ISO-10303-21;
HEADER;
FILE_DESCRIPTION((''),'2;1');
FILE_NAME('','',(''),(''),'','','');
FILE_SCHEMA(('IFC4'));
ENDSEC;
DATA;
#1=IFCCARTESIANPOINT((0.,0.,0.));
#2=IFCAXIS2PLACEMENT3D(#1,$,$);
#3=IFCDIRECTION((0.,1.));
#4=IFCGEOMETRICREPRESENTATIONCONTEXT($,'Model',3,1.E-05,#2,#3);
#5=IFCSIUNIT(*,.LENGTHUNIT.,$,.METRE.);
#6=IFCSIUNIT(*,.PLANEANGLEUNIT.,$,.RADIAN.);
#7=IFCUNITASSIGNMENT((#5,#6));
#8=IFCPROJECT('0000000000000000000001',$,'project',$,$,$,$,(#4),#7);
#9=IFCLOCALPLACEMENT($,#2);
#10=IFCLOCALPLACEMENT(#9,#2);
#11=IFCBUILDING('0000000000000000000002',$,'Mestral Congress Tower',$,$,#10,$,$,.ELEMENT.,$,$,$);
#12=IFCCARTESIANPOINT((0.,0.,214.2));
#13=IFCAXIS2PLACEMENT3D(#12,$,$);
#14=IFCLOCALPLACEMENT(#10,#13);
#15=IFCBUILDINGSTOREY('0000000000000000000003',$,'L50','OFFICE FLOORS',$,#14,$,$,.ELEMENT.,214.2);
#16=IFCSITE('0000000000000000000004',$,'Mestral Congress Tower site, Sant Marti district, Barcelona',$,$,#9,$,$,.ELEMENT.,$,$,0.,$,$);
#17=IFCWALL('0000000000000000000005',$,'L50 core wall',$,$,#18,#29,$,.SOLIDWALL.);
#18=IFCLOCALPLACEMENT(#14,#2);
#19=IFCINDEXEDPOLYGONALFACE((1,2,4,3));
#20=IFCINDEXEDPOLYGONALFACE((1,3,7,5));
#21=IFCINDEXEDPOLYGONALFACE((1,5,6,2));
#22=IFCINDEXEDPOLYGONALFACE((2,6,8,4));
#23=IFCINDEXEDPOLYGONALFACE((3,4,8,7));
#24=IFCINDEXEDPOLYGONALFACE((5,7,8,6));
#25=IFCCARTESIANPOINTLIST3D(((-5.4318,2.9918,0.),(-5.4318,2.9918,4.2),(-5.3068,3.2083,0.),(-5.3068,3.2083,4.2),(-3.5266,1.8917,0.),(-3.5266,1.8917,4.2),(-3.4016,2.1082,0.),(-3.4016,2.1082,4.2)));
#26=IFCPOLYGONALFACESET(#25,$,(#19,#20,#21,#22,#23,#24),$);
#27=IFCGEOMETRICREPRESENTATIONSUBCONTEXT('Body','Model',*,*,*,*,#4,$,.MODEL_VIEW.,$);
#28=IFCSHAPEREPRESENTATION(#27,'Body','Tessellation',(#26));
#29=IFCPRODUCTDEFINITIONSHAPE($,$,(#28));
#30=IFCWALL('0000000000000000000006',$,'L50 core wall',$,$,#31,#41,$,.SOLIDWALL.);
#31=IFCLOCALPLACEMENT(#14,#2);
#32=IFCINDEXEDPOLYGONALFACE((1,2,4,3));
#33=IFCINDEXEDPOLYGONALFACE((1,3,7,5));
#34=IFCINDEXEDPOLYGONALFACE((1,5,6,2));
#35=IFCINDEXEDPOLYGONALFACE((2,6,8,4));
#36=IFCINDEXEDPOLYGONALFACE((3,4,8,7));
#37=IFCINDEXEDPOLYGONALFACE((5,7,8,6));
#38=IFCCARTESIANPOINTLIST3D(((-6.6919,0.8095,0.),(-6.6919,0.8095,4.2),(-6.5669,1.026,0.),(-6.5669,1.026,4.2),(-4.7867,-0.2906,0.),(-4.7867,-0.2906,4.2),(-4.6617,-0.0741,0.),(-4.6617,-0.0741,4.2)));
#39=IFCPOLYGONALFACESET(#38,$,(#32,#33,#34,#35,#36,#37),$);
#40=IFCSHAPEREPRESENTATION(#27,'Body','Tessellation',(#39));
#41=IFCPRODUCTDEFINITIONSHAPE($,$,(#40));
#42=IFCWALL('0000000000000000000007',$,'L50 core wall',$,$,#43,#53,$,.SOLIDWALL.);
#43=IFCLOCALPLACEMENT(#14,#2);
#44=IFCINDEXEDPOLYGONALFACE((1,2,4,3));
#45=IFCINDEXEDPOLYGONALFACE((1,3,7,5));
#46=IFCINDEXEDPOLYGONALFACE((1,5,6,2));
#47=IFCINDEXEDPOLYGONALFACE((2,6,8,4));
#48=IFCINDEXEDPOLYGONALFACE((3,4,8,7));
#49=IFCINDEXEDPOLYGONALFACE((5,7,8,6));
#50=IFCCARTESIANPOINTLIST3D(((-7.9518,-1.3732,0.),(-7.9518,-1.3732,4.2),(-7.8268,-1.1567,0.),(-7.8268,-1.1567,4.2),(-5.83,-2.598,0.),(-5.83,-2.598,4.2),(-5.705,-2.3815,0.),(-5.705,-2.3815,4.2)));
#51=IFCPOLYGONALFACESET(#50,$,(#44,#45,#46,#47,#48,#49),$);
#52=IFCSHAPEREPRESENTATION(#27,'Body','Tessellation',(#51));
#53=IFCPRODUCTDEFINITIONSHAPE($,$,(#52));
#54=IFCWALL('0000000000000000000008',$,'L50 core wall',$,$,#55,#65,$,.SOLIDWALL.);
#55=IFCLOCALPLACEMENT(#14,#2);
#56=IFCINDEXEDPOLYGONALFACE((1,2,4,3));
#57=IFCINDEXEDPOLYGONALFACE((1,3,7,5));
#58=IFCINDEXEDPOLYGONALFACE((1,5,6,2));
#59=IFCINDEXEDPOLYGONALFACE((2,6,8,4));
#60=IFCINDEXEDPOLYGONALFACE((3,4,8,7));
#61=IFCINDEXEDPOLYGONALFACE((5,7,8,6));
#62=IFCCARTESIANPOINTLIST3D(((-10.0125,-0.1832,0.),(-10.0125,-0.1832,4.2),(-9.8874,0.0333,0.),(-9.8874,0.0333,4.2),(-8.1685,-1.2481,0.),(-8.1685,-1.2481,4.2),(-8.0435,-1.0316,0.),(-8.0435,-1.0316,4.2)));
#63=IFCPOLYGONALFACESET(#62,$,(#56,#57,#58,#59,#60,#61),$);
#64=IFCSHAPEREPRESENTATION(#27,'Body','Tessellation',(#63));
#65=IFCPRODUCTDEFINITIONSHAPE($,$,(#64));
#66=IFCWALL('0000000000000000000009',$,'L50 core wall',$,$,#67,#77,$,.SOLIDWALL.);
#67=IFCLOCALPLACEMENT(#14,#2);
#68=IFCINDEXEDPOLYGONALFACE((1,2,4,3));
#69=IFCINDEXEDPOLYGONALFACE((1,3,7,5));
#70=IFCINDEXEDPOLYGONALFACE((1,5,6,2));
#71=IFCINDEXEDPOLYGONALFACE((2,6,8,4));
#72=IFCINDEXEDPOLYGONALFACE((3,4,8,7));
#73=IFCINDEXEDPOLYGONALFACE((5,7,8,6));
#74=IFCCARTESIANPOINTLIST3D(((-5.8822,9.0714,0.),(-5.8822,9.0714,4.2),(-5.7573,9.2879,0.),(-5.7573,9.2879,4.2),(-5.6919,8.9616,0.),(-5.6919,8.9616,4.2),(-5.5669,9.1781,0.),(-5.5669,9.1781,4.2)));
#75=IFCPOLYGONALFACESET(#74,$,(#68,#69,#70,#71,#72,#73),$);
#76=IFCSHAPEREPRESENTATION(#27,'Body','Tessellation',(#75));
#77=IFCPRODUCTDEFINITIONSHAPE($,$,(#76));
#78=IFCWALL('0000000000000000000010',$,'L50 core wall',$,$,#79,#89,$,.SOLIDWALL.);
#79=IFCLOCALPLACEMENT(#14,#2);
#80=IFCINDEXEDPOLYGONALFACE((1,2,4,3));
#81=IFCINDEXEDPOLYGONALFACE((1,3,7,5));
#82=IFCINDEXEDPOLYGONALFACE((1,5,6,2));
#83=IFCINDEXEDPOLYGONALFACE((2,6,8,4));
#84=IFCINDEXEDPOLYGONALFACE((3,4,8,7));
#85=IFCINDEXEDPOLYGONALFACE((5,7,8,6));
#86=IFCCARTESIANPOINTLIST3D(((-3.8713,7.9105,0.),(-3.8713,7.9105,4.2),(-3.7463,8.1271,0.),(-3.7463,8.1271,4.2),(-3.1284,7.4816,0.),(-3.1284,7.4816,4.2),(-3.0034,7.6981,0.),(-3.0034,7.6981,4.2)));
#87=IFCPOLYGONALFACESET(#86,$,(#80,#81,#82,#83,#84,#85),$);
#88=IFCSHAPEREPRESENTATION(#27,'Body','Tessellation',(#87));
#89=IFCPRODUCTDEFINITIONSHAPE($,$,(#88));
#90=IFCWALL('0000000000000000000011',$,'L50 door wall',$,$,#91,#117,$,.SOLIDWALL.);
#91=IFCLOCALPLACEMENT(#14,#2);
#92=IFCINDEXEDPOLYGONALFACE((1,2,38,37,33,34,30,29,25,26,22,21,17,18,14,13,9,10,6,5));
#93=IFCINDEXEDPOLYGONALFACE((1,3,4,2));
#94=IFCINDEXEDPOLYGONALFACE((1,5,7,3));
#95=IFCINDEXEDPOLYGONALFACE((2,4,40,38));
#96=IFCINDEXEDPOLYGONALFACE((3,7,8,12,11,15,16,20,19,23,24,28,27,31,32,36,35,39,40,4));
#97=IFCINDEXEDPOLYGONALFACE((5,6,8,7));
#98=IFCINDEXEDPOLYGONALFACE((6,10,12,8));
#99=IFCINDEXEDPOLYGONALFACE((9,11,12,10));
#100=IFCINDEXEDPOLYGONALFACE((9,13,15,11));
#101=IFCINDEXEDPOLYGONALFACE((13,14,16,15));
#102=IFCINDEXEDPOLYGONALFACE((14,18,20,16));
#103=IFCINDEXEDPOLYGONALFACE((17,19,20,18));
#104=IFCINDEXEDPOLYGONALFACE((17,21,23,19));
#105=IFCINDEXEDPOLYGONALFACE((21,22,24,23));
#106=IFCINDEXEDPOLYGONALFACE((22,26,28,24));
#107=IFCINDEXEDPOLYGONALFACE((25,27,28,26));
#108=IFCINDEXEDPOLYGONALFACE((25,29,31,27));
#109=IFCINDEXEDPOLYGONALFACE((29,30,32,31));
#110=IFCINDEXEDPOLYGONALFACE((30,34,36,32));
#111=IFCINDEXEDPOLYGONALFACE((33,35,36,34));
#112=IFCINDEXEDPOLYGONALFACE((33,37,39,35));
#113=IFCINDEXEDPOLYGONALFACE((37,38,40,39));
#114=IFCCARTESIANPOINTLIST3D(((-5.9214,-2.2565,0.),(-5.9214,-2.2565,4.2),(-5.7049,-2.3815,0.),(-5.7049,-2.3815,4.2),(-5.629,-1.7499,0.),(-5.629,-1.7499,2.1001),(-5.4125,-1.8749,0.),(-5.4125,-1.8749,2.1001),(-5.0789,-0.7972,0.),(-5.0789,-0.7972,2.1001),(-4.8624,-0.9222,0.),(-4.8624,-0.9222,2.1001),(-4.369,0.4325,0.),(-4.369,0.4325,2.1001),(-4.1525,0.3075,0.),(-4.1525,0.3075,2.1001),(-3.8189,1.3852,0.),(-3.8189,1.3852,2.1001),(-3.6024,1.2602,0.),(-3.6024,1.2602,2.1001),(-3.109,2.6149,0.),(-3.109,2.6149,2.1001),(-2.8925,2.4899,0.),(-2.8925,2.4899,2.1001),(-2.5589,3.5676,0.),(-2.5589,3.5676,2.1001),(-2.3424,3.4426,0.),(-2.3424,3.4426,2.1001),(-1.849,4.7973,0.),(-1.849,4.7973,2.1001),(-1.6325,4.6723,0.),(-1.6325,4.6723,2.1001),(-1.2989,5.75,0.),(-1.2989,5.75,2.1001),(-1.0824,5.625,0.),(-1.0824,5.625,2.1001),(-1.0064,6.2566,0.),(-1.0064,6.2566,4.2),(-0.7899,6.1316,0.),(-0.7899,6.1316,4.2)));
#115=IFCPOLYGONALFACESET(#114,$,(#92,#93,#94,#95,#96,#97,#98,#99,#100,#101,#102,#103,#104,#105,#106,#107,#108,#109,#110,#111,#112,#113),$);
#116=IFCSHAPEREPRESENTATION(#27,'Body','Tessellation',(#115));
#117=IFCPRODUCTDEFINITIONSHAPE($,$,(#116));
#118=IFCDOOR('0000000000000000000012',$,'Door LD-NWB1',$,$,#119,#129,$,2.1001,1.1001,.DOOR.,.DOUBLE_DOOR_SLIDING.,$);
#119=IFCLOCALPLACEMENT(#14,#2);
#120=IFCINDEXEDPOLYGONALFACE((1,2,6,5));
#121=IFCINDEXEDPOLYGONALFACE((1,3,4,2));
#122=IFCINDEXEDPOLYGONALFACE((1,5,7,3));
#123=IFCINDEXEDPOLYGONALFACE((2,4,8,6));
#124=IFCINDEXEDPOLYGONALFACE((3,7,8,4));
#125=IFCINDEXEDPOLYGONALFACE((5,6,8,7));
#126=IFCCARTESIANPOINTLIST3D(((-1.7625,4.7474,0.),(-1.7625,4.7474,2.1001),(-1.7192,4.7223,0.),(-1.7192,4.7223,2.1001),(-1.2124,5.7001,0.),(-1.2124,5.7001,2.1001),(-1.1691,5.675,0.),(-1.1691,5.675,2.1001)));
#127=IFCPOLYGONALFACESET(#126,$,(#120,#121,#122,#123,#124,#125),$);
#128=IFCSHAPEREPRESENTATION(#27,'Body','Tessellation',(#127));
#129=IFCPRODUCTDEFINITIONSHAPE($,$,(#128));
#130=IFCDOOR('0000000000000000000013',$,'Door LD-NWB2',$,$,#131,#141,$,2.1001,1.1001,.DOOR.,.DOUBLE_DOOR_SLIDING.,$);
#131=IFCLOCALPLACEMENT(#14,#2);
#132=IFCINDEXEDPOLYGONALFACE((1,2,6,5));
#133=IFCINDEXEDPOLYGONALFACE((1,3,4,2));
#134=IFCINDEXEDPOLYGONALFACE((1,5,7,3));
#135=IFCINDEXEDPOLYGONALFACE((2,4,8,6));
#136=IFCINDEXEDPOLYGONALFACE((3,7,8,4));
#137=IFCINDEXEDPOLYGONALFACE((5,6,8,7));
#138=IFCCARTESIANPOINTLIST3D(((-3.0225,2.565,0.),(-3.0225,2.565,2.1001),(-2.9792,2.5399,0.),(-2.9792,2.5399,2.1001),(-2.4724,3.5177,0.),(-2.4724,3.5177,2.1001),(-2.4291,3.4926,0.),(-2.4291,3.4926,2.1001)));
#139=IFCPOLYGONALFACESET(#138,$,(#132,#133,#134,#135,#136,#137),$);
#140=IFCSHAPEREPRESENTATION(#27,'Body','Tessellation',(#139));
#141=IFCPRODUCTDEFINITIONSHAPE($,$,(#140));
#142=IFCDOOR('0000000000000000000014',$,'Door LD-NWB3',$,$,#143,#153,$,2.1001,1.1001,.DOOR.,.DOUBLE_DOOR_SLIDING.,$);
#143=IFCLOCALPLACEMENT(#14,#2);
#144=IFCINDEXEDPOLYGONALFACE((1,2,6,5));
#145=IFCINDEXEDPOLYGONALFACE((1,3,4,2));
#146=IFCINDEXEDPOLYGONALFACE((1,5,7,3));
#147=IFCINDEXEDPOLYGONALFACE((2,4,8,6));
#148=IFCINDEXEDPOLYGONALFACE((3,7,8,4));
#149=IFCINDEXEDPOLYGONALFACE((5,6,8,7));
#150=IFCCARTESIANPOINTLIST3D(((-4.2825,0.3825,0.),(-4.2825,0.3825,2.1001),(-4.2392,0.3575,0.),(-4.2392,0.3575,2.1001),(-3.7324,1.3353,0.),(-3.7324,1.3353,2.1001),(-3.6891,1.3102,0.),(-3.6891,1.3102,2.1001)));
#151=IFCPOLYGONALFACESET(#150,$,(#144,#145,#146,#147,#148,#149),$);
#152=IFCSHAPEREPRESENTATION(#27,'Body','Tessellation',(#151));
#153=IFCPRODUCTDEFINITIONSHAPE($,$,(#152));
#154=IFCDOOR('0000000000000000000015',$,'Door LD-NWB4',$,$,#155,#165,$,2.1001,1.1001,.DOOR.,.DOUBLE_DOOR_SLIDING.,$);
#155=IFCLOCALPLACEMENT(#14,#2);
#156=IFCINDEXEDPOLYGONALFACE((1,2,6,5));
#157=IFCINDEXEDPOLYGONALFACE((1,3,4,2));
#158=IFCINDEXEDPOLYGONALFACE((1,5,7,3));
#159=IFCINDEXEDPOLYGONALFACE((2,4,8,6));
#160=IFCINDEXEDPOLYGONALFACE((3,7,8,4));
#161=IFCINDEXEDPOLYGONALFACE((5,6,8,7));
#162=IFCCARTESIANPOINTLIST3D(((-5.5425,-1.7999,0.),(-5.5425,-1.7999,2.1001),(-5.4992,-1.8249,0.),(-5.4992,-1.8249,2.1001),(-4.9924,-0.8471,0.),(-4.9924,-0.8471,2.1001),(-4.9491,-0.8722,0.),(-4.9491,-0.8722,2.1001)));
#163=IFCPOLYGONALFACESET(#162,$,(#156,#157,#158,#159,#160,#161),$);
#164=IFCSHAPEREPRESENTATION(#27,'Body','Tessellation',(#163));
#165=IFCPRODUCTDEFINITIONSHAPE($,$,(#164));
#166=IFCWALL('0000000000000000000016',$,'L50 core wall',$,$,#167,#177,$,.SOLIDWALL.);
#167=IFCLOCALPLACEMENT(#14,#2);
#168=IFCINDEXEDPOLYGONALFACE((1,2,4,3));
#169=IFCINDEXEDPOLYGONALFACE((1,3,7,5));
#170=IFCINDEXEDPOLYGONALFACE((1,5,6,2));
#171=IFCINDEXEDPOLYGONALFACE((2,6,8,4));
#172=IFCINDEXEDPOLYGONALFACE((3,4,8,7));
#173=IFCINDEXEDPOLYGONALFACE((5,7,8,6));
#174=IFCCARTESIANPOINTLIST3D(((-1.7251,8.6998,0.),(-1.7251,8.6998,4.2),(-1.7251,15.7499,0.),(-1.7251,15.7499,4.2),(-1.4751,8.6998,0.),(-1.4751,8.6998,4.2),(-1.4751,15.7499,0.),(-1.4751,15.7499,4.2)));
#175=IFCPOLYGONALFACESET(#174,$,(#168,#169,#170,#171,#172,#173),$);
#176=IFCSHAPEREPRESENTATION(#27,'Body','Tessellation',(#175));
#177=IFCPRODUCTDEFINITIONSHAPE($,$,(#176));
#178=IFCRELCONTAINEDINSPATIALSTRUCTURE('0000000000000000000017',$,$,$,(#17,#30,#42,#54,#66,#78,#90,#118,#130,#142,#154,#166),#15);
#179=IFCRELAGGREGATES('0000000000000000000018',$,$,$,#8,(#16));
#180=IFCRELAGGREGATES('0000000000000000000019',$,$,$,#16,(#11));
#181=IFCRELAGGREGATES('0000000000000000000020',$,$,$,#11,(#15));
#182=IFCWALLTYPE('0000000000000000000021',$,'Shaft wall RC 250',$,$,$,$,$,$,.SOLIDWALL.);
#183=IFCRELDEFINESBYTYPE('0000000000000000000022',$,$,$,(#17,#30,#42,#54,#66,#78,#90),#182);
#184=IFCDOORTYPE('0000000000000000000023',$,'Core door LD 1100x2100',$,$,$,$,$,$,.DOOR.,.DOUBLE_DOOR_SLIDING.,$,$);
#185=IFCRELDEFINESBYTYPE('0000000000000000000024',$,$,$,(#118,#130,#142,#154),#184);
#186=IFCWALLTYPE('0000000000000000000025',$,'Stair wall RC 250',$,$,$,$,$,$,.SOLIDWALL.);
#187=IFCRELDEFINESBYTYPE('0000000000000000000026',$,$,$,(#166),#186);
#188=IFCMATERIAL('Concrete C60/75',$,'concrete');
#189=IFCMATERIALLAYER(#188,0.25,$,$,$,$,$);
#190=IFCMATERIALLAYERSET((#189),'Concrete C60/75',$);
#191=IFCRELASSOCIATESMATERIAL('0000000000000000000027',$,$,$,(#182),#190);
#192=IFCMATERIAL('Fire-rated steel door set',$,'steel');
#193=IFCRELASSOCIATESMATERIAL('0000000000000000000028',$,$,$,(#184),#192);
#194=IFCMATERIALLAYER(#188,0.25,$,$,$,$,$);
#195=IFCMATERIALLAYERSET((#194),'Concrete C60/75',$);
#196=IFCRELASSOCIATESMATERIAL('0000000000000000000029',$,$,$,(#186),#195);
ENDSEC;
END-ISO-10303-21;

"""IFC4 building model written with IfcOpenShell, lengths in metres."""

from ifc_helpers import new_model, si_unit, direction, frame, frame_2d, origin, place, context, subcontext, project, spatial, rectangle, extrude, material, layer, layer_set, type_object, element, fill, save


model = new_model("IFC4")

# Units and contexts
model_context = context("Model", 3, precision=1e-05, world=origin(), true_north=direction((0.0, 1.0)))
body_context = subcontext(model_context, "Body", "Model", "MODEL_VIEW")
ifc_project = project(units=[si_unit("LENGTHUNIT", "METRE"), si_unit("PLANEANGLEUNIT", "RADIAN")], contexts=[model_context])

# Site, building, storey
site_placement = place(None, origin())
site = spatial("IfcSite", under=ifc_project, at=site_placement, Name="Mestral Congress Tower site, Sant Marti district, Barcelona", CompositionType="ELEMENT", RefElevation=0.0)
building_placement = place(site_placement, origin())
building = spatial("IfcBuilding", under=site, at=building_placement, Name="Mestral Congress Tower", CompositionType="ELEMENT")
storey_placement = place(building_placement, frame((0.0, 0.0, 214.2)))
storey = spatial("IfcBuildingStorey", under=building, at=storey_placement, Name="L50", Description="OFFICE FLOORS", CompositionType="ELEMENT", Elevation=214.2)

# Shared definitions
ifc_material_1 = material(Name="Fire-rated steel door set", Category="steel")

# Walls
ifc_material_2 = material(Name="Concrete C60/75", Category="concrete")
ifc_layer_1 = layer(ifc_material_2, 0.25)
ifc_layer_set_1 = layer_set([ifc_layer_1], Name="Concrete C60/75")
wall_type_1 = type_object("IfcWallType", Name="Shaft wall RC 250", PredefinedType="SOLIDWALL", material=ifc_layer_set_1)
for number, where, z_axis, x_axis, name in (
    (1, (-5.3694, 3.1001, 0.0), (0.0, 0.0, 1.0), (0.866008, -0.50003, 0.0), "L50 core wall"),
    (2, (-4.7241, -0.1824, 0.0), (0.0, 0.0, 1.0), (-0.866008, 0.50003, 0.0), "L50 core wall"),
):
    element("IfcWall", number, at=place(storey_placement, frame(where, z_axis=z_axis, x_axis=x_axis)), inside=storey, type_object=wall_type_1, Name=name, PredefinedType="SOLIDWALL", context=body_context, shape_type="SweptSolid", body=[
        extrude(rectangle(XDim=2.2, YDim=0.25, at=frame_2d((1.1001, 0.0))), origin(), (0.0, 0.0, 1.0), 4.2),
    ])
wall_1_placement = place(storey_placement, frame((-7.8894, -1.2649, 0.0), z_axis=(0.0, 0.0, 1.0), x_axis=(0.866058, -0.499944, 0.0)))
element("IfcWall", 3, at=wall_1_placement, inside=storey, type_object=wall_type_1, Name="L50 core wall", PredefinedType="SOLIDWALL", context=body_context, shape_type="SweptSolid", body=[
    extrude(rectangle(XDim=2.45, YDim=0.25, at=frame_2d((1.2251, 0.0))), origin(), (0.0, 0.0, 1.0), 4.2),
])
wall_2_placement = place(storey_placement, frame((-9.95, -0.075, 0.0), z_axis=(0.0, 0.0, 1.0), x_axis=(0.865962, -0.500109, 0.0)))
element("IfcWall", 4, at=wall_2_placement, inside=storey, type_object=wall_type_1, Name="L50 core wall", PredefinedType="SOLIDWALL", context=body_context, shape_type="SweptSolid", body=[
    extrude(rectangle(XDim=2.1294, YDim=0.25, at=frame_2d((1.0647, 0.0))), origin(), (0.0, 0.0, 1.0), 4.2),
])
wall_3_placement = place(storey_placement, frame((-5.6294, 9.0698, 0.0), z_axis=(0.0, 0.0, 1.0), x_axis=(-0.866186, 0.499722, 0.0)))
element("IfcWall", 5, at=wall_3_placement, inside=storey, type_object=wall_type_1, Name="L50 core wall", PredefinedType="SOLIDWALL", context=body_context, shape_type="SweptSolid", body=[
    extrude(rectangle(XDim=0.2197, YDim=0.25, at=frame_2d((0.1099, 0.0))), origin(), (0.0, 0.0, 1.0), 4.2),
])
wall_4_placement = place(storey_placement, frame((-3.8088, 8.0188, 0.0), z_axis=(0.0, 0.0, 1.0), x_axis=(0.86601, -0.500026, 0.0)))
element("IfcWall", 6, at=wall_4_placement, inside=storey, type_object=wall_type_1, Name="L50 core wall", PredefinedType="SOLIDWALL", context=body_context, shape_type="SweptSolid", body=[
    extrude(rectangle(XDim=0.8579, YDim=0.25, at=frame_2d((0.429, 0.0))), origin(), (0.0, 0.0, 1.0), 4.2),
])

# Wall, openings, doors
wall_5_placement = place(storey_placement, frame((-0.8982, 6.1941, 0.0), z_axis=(0.0, 0.0, 1.0), x_axis=(-0.499996, -0.866028, 0.0)))
wall_5 = element("IfcWall", 7, at=wall_5_placement, inside=storey, type_object=wall_type_1, Name="L50 door wall", PredefinedType="SOLIDWALL", context=body_context, shape_type="SweptSolid", body=[
    extrude(rectangle(XDim=9.8301, YDim=0.25, at=frame_2d((4.915, 0.0))), origin(), (0.0, 0.0, 1.0), 4.2),
])
opening_1_placement = place(wall_5_placement, frame((0.585, 0.0, 0.0)))
opening_1 = element("IfcOpeningElement", 8, at=opening_1_placement, cuts=wall_5, PredefinedType="OPENING", context=body_context, shape_type="SweptSolid", body=[
    extrude(rectangle(XDim=1.1001, YDim=2.1001, at=frame_2d((0.55, 1.05))), frame((0.0, 0.135, 0.0), z_axis=(0.0, -1.0, 0.0), x_axis=(1.0, 0.0, 0.0)), (0.0, 0.0, 1.0), 0.27),
])
opening_2_placement = place(wall_5_placement, frame((3.105, 0.0, 0.0)))
opening_2 = element("IfcOpeningElement", 9, at=opening_2_placement, cuts=wall_5, PredefinedType="OPENING", context=body_context, shape_type="SweptSolid", body=[
    extrude(rectangle(XDim=1.1001, YDim=2.1001, at=frame_2d((0.55, 1.05))), frame((0.0, 0.135, 0.0), z_axis=(0.0, -1.0, 0.0), x_axis=(1.0, 0.0, 0.0)), (0.0, 0.0, 1.0), 0.27),
])
opening_3_placement = place(wall_5_placement, frame((5.625, 0.0, 0.0)))
opening_3 = element("IfcOpeningElement", 10, at=opening_3_placement, cuts=wall_5, PredefinedType="OPENING", context=body_context, shape_type="SweptSolid", body=[
    extrude(rectangle(XDim=1.1001, YDim=2.1001, at=frame_2d((0.55, 1.05))), frame((0.0, 0.135, 0.0), z_axis=(0.0, -1.0, 0.0), x_axis=(1.0, 0.0, 0.0)), (0.0, 0.0, 1.0), 0.27),
])
opening_4_placement = place(wall_5_placement, frame((8.145, 0.0, 0.0)))
opening_4 = element("IfcOpeningElement", 11, at=opening_4_placement, cuts=wall_5, PredefinedType="OPENING", context=body_context, shape_type="SweptSolid", body=[
    extrude(rectangle(XDim=1.1001, YDim=2.1001, at=frame_2d((0.55, 1.05))), frame((0.0, 0.135, 0.0), z_axis=(0.0, -1.0, 0.0), x_axis=(1.0, 0.0, 0.0)), (0.0, 0.0, 1.0), 0.27),
])
door_type_1 = type_object("IfcDoorType", Name="Core door LD 1100x2100", OperationType="DOUBLE_DOOR_SLIDING", PredefinedType="DOOR", material=ifc_material_1)
door_1_placement = place(opening_1_placement, origin())
door_1 = element("IfcDoor", 12, at=door_1_placement, inside=storey, type_object=door_type_1, Name="Door LD-NWB1", OperationType="DOUBLE_DOOR_SLIDING", OverallHeight=2.1001, OverallWidth=1.1001, PredefinedType="DOOR", context=body_context, shape_type="SweptSolid", body=[
    extrude(rectangle(XDim=1.1001, YDim=2.1001, at=frame_2d((0.55, 1.05))), frame((0.0, 0.0249, 0.0), z_axis=(0.0, -1.0, 0.0), x_axis=(1.0, 0.0, 0.0)), (0.0, 0.0, 1.0), 0.05),
])
fill(opening_1, door_1)
door_2_placement = place(opening_2_placement, origin())
door_2 = element("IfcDoor", 13, at=door_2_placement, inside=storey, type_object=door_type_1, Name="Door LD-NWB2", OperationType="DOUBLE_DOOR_SLIDING", OverallHeight=2.1001, OverallWidth=1.1001, PredefinedType="DOOR", context=body_context, shape_type="SweptSolid", body=[
    extrude(rectangle(XDim=1.1001, YDim=2.1001, at=frame_2d((0.55, 1.05))), frame((0.0, 0.0249, 0.0), z_axis=(0.0, -1.0, 0.0), x_axis=(1.0, 0.0, 0.0)), (0.0, 0.0, 1.0), 0.05),
])
fill(opening_2, door_2)
door_3_placement = place(opening_3_placement, origin())
door_3 = element("IfcDoor", 14, at=door_3_placement, inside=storey, type_object=door_type_1, Name="Door LD-NWB3", OperationType="DOUBLE_DOOR_SLIDING", OverallHeight=2.1001, OverallWidth=1.1001, PredefinedType="DOOR", context=body_context, shape_type="SweptSolid", body=[
    extrude(rectangle(XDim=1.1001, YDim=2.1001, at=frame_2d((0.55, 1.05))), frame((0.0, 0.0249, 0.0), z_axis=(0.0, -1.0, 0.0), x_axis=(1.0, 0.0, 0.0)), (0.0, 0.0, 1.0), 0.05),
])
fill(opening_3, door_3)
door_4_placement = place(opening_4_placement, origin())
door_4 = element("IfcDoor", 15, at=door_4_placement, inside=storey, type_object=door_type_1, Name="Door LD-NWB4", OperationType="DOUBLE_DOOR_SLIDING", OverallHeight=2.1001, OverallWidth=1.1001, PredefinedType="DOOR", context=body_context, shape_type="SweptSolid", body=[
    extrude(rectangle(XDim=1.1001, YDim=2.1001, at=frame_2d((0.55, 1.05))), frame((0.0, 0.0249, 0.0), z_axis=(0.0, -1.0, 0.0), x_axis=(1.0, 0.0, 0.0)), (0.0, 0.0, 1.0), 0.05),
])
fill(opening_4, door_4)

# Wall
ifc_layer_2 = layer(ifc_material_2, 0.25)
ifc_layer_set_2 = layer_set([ifc_layer_2], Name="Concrete C60/75")
wall_type_2 = type_object("IfcWallType", Name="Stair wall RC 250", PredefinedType="SOLIDWALL", material=ifc_layer_set_2)
wall_6_placement = place(storey_placement, frame((-1.6001, 8.7, 0.0), z_axis=(0.0, 0.0, 1.0), x_axis=(0.0, 1.0, 0.0)))
element("IfcWall", 16, at=wall_6_placement, inside=storey, type_object=wall_type_2, Name="L50 core wall", PredefinedType="SOLIDWALL", context=body_context, shape_type="SweptSolid", body=[
    extrude(rectangle(XDim=7.05, YDim=0.25, at=frame_2d((3.5249, 0.0))), origin(), (0.0, 0.0, 1.0), 4.2),
])

save(model, "model.ifc")
